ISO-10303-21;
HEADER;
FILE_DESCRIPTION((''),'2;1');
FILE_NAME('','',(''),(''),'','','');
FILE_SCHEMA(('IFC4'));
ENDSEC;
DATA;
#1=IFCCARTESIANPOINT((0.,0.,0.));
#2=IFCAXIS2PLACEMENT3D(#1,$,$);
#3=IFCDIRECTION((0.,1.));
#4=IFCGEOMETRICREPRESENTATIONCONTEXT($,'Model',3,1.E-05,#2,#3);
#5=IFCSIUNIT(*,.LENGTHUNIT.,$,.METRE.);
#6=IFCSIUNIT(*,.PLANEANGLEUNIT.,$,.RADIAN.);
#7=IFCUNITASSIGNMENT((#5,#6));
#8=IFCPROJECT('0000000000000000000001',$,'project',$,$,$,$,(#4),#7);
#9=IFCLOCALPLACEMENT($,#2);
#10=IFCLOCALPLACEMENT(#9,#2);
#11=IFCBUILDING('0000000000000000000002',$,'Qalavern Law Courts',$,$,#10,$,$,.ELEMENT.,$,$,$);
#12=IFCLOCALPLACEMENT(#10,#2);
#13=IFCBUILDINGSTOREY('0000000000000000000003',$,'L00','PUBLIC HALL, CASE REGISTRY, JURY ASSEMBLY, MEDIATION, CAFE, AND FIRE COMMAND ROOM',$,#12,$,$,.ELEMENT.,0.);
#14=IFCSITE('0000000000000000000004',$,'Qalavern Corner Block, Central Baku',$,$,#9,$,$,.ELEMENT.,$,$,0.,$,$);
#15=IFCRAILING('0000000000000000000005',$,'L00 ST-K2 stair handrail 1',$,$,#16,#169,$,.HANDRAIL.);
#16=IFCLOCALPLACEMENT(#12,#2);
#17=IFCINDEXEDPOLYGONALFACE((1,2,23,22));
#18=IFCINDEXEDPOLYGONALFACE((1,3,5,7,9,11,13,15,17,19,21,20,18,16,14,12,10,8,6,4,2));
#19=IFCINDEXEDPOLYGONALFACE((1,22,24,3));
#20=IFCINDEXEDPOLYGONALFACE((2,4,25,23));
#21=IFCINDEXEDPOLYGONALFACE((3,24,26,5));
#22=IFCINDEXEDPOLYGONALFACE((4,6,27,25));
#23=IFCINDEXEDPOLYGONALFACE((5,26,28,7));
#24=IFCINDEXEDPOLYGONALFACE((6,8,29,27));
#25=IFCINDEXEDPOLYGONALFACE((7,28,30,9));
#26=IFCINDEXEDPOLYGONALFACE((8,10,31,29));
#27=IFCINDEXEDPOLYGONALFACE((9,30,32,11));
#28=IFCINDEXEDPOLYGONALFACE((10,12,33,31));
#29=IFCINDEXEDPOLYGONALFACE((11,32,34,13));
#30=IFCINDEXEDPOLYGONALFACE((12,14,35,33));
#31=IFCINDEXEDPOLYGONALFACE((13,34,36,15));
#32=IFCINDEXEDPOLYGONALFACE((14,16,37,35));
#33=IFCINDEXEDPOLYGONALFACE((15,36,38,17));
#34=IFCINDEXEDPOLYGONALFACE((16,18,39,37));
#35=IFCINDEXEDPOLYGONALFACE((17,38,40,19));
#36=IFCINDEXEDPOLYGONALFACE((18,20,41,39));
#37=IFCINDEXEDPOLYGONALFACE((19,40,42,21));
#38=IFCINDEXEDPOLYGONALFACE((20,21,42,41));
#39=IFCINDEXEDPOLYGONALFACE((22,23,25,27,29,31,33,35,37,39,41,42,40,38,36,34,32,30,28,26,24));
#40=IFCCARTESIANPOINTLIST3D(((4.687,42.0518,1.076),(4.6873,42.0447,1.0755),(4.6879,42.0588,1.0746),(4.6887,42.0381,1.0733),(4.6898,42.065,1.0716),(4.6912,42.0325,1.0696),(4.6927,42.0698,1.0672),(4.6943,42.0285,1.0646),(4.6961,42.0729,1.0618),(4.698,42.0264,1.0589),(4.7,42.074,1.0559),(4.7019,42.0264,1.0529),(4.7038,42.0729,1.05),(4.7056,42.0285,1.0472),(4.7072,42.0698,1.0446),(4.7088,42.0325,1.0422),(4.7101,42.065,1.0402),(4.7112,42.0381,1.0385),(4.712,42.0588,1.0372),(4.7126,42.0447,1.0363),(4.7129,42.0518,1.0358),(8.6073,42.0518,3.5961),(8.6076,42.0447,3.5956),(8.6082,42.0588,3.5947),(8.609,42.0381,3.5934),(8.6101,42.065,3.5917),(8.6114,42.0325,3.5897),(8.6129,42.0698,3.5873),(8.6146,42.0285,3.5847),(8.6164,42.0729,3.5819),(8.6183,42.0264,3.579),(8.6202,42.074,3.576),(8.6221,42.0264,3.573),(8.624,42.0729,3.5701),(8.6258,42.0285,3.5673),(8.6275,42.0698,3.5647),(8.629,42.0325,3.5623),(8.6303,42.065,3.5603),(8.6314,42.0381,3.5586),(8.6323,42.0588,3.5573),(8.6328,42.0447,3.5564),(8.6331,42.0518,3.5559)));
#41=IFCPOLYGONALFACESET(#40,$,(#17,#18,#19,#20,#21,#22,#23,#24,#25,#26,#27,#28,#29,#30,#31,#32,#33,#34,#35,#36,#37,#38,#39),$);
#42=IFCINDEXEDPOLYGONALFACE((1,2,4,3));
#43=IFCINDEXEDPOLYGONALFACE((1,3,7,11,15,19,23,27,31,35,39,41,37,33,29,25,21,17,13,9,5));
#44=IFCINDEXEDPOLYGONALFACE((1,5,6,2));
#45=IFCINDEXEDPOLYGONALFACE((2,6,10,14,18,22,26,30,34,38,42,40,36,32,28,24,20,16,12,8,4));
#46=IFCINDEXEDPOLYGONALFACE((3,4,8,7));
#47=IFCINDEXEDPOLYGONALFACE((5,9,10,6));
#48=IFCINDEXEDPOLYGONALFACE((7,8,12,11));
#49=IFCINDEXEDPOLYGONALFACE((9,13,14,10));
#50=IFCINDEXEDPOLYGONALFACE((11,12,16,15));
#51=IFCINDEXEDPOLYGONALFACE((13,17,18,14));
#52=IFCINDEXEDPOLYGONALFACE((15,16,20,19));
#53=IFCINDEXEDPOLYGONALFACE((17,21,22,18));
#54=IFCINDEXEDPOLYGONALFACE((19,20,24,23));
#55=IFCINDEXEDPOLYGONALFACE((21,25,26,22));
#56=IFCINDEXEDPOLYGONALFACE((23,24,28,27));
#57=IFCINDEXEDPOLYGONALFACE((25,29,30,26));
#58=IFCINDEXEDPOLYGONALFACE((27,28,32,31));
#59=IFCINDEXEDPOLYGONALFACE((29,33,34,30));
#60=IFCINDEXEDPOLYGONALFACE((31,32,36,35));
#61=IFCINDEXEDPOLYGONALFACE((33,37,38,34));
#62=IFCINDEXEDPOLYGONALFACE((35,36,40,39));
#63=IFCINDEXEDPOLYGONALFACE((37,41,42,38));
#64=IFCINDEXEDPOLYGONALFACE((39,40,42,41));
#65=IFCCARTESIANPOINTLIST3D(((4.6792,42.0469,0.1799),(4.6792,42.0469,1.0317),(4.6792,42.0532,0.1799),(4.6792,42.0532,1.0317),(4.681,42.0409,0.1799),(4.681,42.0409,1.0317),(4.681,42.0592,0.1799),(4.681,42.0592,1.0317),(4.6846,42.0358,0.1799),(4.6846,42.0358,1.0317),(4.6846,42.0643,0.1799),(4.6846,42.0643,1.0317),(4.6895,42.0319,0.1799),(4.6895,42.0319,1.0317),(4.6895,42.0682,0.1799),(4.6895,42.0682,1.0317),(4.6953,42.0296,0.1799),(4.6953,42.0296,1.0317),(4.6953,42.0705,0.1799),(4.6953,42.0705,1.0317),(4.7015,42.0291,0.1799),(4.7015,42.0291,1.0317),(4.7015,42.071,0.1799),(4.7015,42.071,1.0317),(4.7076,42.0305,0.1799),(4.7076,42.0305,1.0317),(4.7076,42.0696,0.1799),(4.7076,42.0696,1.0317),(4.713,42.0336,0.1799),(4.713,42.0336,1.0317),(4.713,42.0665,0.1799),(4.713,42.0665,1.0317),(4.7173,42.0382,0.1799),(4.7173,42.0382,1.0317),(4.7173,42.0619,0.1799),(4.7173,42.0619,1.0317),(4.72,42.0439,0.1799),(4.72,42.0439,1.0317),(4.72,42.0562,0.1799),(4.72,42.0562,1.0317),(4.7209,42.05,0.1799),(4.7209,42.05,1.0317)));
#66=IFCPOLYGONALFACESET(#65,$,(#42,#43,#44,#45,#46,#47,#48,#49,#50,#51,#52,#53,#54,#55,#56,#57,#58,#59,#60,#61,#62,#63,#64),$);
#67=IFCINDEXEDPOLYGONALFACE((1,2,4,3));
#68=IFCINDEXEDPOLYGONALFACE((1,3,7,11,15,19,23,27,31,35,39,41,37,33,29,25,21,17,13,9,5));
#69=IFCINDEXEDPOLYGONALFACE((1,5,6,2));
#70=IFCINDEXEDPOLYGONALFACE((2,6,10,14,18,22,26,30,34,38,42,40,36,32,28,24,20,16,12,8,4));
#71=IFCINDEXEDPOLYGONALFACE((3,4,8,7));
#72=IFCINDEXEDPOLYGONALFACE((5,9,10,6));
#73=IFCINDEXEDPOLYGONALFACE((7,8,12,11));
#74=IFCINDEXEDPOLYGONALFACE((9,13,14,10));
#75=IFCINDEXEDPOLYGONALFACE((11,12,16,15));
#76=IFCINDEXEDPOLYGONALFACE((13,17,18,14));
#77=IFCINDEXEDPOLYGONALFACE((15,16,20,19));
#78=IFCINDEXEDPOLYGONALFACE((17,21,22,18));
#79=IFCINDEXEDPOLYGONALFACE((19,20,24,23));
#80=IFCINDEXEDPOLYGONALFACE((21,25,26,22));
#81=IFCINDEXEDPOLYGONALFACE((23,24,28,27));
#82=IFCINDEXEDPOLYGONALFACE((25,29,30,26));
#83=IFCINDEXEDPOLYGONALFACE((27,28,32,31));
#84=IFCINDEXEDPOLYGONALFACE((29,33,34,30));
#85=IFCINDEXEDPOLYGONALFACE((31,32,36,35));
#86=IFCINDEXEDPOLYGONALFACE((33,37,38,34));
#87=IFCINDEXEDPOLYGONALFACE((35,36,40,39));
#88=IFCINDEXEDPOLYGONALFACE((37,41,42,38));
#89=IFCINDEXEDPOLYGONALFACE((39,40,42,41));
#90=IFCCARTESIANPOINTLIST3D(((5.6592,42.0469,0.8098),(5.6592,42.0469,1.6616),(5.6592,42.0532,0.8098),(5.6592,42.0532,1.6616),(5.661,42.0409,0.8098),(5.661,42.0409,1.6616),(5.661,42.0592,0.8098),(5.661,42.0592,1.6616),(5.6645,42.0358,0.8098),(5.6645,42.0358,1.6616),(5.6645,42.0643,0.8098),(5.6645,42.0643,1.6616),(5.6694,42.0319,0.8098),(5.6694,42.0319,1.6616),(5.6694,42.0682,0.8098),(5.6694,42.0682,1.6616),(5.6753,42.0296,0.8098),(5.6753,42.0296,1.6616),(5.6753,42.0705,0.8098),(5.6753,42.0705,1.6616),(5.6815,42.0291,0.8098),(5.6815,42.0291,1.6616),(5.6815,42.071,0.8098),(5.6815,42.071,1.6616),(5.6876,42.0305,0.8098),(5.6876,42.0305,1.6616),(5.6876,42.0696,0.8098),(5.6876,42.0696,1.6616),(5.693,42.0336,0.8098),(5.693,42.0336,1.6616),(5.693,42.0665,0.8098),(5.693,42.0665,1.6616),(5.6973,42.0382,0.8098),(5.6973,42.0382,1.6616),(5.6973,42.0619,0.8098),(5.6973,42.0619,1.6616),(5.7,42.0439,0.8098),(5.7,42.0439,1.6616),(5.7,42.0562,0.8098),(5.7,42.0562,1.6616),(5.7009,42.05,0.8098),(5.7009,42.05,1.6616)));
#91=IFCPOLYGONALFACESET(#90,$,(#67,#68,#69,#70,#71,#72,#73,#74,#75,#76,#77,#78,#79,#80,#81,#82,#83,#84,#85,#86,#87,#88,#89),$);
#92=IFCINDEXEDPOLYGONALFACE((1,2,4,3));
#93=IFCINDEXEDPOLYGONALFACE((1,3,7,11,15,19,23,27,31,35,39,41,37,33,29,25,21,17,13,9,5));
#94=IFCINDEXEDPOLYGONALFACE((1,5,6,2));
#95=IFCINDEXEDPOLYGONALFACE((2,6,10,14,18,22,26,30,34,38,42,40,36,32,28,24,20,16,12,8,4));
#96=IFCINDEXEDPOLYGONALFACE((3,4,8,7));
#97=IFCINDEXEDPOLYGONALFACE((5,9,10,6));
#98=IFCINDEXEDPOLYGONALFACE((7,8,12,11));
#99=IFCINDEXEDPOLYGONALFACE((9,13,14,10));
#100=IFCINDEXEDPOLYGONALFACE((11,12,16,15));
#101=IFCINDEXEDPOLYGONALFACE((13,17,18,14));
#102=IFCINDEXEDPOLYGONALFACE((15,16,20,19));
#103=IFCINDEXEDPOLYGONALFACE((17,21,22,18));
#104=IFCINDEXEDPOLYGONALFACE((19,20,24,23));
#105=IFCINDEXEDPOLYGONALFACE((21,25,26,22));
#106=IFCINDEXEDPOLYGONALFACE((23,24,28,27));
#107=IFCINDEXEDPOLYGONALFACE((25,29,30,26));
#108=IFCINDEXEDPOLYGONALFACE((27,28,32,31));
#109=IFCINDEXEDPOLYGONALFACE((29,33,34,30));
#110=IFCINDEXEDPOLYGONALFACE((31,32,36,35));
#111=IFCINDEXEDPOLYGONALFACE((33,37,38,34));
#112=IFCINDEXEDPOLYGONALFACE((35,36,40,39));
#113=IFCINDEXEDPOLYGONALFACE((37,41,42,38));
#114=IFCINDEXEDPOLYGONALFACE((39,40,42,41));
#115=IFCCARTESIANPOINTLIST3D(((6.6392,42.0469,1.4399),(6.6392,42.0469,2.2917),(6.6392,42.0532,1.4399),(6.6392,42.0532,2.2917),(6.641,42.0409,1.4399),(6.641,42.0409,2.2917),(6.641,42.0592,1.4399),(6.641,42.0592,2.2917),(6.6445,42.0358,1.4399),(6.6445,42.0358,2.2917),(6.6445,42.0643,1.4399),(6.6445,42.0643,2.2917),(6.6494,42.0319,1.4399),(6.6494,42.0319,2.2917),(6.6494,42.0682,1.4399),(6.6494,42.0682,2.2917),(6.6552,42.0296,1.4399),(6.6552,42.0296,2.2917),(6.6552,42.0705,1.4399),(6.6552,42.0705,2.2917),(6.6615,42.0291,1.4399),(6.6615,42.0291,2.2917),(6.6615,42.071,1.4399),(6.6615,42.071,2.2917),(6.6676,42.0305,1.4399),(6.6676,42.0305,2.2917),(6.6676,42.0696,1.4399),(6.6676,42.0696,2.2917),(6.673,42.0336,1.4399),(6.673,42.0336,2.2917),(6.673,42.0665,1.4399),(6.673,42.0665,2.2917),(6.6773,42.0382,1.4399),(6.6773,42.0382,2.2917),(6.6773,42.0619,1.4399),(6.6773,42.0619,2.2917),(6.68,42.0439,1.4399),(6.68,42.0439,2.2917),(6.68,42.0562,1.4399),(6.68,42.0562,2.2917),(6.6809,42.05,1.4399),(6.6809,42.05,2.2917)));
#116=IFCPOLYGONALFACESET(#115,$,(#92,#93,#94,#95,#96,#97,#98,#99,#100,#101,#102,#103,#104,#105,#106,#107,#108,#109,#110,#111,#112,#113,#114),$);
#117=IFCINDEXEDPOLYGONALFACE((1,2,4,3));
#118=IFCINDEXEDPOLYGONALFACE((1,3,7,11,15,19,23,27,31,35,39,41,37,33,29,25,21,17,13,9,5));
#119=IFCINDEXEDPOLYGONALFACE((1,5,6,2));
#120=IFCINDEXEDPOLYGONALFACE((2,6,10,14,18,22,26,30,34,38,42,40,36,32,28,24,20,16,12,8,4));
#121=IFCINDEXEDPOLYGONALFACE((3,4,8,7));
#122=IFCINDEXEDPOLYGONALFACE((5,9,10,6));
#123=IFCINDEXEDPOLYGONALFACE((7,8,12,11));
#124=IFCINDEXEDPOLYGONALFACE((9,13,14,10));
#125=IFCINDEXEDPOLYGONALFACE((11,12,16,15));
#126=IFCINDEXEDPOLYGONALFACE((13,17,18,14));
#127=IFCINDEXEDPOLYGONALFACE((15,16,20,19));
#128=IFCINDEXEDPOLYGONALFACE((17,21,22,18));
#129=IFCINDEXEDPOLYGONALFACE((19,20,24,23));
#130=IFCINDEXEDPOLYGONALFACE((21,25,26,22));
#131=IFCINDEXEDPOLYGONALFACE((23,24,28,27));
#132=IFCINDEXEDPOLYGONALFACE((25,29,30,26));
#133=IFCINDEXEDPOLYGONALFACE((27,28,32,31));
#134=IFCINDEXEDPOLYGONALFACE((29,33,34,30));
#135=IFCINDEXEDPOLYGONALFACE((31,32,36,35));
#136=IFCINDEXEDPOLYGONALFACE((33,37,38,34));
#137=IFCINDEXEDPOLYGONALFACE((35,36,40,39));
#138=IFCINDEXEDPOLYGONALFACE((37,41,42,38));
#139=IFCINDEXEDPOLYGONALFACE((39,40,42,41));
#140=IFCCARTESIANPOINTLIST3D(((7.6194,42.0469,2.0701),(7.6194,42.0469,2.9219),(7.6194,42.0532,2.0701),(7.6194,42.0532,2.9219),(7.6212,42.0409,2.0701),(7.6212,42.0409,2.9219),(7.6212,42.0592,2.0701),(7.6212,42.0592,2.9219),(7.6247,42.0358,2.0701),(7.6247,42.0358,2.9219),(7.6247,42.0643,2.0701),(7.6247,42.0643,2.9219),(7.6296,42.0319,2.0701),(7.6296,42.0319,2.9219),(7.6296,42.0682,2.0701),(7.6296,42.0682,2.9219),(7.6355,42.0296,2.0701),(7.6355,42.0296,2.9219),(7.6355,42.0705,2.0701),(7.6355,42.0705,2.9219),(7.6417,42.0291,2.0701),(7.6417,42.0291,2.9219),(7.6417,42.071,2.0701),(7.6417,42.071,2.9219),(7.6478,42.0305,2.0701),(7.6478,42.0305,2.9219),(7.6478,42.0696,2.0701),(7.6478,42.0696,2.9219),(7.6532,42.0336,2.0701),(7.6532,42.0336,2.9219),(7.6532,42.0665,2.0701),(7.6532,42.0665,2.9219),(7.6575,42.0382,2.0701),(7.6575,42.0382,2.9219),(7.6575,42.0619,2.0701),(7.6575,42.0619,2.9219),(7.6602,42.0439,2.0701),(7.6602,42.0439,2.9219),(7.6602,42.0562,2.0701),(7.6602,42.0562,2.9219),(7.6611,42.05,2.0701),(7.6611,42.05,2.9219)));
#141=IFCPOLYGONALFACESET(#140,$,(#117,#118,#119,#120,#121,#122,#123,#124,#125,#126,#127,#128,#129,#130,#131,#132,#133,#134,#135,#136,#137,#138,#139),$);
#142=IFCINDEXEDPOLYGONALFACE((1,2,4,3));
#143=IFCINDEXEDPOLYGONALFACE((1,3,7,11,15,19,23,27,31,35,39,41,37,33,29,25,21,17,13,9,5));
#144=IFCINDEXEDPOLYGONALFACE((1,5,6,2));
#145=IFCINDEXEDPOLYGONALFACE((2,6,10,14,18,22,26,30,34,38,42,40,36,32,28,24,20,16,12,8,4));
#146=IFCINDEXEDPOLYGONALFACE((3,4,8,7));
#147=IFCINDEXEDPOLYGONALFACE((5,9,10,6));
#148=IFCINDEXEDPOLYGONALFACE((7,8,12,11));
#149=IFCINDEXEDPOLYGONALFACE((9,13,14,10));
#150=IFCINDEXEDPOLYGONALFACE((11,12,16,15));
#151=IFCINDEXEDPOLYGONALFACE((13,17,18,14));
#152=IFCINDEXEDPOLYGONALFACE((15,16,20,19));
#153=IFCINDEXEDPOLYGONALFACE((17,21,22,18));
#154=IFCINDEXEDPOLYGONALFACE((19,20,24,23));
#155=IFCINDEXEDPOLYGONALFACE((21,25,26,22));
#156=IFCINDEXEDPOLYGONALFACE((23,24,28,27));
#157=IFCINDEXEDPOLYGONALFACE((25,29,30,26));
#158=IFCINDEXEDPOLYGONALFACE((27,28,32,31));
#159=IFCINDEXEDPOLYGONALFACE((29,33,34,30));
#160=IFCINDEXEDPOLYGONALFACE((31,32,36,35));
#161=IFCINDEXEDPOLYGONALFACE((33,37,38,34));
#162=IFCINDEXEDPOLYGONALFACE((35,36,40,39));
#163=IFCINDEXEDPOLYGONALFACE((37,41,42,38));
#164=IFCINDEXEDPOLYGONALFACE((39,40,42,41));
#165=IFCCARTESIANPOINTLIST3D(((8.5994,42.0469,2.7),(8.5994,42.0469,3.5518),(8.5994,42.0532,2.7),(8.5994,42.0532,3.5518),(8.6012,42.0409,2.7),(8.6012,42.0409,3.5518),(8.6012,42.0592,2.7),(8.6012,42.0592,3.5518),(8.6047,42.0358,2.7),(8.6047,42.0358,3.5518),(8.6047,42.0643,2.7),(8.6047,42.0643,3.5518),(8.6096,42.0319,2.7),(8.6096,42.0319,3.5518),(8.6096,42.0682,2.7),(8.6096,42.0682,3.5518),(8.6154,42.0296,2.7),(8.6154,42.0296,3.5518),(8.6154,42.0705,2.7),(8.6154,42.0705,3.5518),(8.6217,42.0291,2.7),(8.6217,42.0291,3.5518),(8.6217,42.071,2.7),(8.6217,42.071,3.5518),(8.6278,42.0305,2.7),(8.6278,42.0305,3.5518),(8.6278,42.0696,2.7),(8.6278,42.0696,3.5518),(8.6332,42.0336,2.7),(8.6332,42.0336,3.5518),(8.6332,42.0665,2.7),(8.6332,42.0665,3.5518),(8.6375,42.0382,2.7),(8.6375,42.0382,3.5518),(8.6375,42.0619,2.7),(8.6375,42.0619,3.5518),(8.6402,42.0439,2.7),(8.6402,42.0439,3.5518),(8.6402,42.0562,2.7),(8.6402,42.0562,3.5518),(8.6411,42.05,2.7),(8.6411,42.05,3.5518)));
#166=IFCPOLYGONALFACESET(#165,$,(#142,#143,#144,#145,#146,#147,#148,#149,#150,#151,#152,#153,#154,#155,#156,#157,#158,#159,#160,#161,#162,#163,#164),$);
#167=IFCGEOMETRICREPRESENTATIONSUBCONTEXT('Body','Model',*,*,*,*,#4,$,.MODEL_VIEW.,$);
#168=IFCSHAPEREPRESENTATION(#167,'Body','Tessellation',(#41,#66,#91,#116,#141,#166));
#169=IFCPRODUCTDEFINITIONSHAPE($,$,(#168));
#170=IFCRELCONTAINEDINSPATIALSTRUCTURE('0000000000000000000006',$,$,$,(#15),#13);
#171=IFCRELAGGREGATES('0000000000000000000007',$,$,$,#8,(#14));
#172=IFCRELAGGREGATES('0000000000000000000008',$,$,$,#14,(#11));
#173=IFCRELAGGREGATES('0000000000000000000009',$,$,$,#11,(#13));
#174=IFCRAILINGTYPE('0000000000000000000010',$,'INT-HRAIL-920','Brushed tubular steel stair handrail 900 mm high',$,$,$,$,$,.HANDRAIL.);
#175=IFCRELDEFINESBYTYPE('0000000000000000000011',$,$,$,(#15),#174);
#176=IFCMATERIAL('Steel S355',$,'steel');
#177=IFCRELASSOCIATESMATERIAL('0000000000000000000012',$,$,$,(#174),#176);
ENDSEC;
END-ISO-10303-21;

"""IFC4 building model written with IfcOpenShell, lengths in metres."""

from ifc_helpers import new_model, si_unit, direction, frame, origin, origin_2d, place, context, subcontext, project, spatial, circle, extrude, material, type_object, element, save


model = new_model("IFC4")

# Units and contexts
model_context = context("Model", 3, precision=1e-05, world=origin(), true_north=direction((0.0, 1.0)))
body_context = subcontext(model_context, "Body", "Model", "MODEL_VIEW")
ifc_project = project(units=[si_unit("LENGTHUNIT", "METRE"), si_unit("PLANEANGLEUNIT", "RADIAN")], contexts=[model_context])

# Site, building, storey
site_placement = place(None, origin())
site = spatial("IfcSite", under=ifc_project, at=site_placement, Name="Qalavern Corner Block, Central Baku", CompositionType="ELEMENT", RefElevation=0.0)
building_placement = place(site_placement, origin())
building = spatial("IfcBuilding", under=site, at=building_placement, Name="Qalavern Law Courts", CompositionType="ELEMENT")
storey_placement = place(building_placement, origin())
storey = spatial("IfcBuildingStorey", under=building, at=storey_placement, Name="L00", Description="PUBLIC HALL, CASE REGISTRY, JURY ASSEMBLY, MEDIATION, CAFE, AND FIRE COMMAND ROOM", CompositionType="ELEMENT", Elevation=0.0)

# Railing
ifc_material_1 = material(Name="Steel S355", Category="steel")
railing_type_1 = type_object("IfcRailingType", Name="INT-HRAIL-920", Description="Brushed tubular steel stair handrail 900 mm high", PredefinedType="HANDRAIL", material=ifc_material_1)
railing_1_placement = place(storey_placement, frame((4.7, 42.05, 0.1799)))
element("IfcRailing", 1, at=railing_1_placement, inside=storey, type_object=railing_type_1, Name="L00 ST-K2 stair handrail 1", PredefinedType="HANDRAIL", context=body_context, shape_type="SweptSolid", body=[
    extrude(circle(Radius=0.0239, at=origin_2d()), frame((0.0, 0.0, 0.876), z_axis=(0.841187, 0.0, 0.540744), x_axis=(0.0, 1.0, 0.0)), (0.0, 0.0, 1.0), 4.6604),
    extrude(circle(Radius=0.021, at=origin_2d()), origin(), (0.0, 0.0, 1.0), 0.8518),
    extrude(circle(Radius=0.021, at=origin_2d()), frame((0.98, 0.0, 0.6299)), (0.0, 0.0, 1.0), 0.8518),
    extrude(circle(Radius=0.021, at=origin_2d()), frame((1.96, 0.0, 1.26)), (0.0, 0.0, 1.0), 0.8518),
    extrude(circle(Radius=0.021, at=origin_2d()), frame((2.9402, 0.0, 1.8901)), (0.0, 0.0, 1.0), 0.8518),
    extrude(circle(Radius=0.021, at=origin_2d()), frame((3.9202, 0.0, 2.52)), (0.0, 0.0, 1.0), 0.8518),
])

save(model, "model.ifc")
